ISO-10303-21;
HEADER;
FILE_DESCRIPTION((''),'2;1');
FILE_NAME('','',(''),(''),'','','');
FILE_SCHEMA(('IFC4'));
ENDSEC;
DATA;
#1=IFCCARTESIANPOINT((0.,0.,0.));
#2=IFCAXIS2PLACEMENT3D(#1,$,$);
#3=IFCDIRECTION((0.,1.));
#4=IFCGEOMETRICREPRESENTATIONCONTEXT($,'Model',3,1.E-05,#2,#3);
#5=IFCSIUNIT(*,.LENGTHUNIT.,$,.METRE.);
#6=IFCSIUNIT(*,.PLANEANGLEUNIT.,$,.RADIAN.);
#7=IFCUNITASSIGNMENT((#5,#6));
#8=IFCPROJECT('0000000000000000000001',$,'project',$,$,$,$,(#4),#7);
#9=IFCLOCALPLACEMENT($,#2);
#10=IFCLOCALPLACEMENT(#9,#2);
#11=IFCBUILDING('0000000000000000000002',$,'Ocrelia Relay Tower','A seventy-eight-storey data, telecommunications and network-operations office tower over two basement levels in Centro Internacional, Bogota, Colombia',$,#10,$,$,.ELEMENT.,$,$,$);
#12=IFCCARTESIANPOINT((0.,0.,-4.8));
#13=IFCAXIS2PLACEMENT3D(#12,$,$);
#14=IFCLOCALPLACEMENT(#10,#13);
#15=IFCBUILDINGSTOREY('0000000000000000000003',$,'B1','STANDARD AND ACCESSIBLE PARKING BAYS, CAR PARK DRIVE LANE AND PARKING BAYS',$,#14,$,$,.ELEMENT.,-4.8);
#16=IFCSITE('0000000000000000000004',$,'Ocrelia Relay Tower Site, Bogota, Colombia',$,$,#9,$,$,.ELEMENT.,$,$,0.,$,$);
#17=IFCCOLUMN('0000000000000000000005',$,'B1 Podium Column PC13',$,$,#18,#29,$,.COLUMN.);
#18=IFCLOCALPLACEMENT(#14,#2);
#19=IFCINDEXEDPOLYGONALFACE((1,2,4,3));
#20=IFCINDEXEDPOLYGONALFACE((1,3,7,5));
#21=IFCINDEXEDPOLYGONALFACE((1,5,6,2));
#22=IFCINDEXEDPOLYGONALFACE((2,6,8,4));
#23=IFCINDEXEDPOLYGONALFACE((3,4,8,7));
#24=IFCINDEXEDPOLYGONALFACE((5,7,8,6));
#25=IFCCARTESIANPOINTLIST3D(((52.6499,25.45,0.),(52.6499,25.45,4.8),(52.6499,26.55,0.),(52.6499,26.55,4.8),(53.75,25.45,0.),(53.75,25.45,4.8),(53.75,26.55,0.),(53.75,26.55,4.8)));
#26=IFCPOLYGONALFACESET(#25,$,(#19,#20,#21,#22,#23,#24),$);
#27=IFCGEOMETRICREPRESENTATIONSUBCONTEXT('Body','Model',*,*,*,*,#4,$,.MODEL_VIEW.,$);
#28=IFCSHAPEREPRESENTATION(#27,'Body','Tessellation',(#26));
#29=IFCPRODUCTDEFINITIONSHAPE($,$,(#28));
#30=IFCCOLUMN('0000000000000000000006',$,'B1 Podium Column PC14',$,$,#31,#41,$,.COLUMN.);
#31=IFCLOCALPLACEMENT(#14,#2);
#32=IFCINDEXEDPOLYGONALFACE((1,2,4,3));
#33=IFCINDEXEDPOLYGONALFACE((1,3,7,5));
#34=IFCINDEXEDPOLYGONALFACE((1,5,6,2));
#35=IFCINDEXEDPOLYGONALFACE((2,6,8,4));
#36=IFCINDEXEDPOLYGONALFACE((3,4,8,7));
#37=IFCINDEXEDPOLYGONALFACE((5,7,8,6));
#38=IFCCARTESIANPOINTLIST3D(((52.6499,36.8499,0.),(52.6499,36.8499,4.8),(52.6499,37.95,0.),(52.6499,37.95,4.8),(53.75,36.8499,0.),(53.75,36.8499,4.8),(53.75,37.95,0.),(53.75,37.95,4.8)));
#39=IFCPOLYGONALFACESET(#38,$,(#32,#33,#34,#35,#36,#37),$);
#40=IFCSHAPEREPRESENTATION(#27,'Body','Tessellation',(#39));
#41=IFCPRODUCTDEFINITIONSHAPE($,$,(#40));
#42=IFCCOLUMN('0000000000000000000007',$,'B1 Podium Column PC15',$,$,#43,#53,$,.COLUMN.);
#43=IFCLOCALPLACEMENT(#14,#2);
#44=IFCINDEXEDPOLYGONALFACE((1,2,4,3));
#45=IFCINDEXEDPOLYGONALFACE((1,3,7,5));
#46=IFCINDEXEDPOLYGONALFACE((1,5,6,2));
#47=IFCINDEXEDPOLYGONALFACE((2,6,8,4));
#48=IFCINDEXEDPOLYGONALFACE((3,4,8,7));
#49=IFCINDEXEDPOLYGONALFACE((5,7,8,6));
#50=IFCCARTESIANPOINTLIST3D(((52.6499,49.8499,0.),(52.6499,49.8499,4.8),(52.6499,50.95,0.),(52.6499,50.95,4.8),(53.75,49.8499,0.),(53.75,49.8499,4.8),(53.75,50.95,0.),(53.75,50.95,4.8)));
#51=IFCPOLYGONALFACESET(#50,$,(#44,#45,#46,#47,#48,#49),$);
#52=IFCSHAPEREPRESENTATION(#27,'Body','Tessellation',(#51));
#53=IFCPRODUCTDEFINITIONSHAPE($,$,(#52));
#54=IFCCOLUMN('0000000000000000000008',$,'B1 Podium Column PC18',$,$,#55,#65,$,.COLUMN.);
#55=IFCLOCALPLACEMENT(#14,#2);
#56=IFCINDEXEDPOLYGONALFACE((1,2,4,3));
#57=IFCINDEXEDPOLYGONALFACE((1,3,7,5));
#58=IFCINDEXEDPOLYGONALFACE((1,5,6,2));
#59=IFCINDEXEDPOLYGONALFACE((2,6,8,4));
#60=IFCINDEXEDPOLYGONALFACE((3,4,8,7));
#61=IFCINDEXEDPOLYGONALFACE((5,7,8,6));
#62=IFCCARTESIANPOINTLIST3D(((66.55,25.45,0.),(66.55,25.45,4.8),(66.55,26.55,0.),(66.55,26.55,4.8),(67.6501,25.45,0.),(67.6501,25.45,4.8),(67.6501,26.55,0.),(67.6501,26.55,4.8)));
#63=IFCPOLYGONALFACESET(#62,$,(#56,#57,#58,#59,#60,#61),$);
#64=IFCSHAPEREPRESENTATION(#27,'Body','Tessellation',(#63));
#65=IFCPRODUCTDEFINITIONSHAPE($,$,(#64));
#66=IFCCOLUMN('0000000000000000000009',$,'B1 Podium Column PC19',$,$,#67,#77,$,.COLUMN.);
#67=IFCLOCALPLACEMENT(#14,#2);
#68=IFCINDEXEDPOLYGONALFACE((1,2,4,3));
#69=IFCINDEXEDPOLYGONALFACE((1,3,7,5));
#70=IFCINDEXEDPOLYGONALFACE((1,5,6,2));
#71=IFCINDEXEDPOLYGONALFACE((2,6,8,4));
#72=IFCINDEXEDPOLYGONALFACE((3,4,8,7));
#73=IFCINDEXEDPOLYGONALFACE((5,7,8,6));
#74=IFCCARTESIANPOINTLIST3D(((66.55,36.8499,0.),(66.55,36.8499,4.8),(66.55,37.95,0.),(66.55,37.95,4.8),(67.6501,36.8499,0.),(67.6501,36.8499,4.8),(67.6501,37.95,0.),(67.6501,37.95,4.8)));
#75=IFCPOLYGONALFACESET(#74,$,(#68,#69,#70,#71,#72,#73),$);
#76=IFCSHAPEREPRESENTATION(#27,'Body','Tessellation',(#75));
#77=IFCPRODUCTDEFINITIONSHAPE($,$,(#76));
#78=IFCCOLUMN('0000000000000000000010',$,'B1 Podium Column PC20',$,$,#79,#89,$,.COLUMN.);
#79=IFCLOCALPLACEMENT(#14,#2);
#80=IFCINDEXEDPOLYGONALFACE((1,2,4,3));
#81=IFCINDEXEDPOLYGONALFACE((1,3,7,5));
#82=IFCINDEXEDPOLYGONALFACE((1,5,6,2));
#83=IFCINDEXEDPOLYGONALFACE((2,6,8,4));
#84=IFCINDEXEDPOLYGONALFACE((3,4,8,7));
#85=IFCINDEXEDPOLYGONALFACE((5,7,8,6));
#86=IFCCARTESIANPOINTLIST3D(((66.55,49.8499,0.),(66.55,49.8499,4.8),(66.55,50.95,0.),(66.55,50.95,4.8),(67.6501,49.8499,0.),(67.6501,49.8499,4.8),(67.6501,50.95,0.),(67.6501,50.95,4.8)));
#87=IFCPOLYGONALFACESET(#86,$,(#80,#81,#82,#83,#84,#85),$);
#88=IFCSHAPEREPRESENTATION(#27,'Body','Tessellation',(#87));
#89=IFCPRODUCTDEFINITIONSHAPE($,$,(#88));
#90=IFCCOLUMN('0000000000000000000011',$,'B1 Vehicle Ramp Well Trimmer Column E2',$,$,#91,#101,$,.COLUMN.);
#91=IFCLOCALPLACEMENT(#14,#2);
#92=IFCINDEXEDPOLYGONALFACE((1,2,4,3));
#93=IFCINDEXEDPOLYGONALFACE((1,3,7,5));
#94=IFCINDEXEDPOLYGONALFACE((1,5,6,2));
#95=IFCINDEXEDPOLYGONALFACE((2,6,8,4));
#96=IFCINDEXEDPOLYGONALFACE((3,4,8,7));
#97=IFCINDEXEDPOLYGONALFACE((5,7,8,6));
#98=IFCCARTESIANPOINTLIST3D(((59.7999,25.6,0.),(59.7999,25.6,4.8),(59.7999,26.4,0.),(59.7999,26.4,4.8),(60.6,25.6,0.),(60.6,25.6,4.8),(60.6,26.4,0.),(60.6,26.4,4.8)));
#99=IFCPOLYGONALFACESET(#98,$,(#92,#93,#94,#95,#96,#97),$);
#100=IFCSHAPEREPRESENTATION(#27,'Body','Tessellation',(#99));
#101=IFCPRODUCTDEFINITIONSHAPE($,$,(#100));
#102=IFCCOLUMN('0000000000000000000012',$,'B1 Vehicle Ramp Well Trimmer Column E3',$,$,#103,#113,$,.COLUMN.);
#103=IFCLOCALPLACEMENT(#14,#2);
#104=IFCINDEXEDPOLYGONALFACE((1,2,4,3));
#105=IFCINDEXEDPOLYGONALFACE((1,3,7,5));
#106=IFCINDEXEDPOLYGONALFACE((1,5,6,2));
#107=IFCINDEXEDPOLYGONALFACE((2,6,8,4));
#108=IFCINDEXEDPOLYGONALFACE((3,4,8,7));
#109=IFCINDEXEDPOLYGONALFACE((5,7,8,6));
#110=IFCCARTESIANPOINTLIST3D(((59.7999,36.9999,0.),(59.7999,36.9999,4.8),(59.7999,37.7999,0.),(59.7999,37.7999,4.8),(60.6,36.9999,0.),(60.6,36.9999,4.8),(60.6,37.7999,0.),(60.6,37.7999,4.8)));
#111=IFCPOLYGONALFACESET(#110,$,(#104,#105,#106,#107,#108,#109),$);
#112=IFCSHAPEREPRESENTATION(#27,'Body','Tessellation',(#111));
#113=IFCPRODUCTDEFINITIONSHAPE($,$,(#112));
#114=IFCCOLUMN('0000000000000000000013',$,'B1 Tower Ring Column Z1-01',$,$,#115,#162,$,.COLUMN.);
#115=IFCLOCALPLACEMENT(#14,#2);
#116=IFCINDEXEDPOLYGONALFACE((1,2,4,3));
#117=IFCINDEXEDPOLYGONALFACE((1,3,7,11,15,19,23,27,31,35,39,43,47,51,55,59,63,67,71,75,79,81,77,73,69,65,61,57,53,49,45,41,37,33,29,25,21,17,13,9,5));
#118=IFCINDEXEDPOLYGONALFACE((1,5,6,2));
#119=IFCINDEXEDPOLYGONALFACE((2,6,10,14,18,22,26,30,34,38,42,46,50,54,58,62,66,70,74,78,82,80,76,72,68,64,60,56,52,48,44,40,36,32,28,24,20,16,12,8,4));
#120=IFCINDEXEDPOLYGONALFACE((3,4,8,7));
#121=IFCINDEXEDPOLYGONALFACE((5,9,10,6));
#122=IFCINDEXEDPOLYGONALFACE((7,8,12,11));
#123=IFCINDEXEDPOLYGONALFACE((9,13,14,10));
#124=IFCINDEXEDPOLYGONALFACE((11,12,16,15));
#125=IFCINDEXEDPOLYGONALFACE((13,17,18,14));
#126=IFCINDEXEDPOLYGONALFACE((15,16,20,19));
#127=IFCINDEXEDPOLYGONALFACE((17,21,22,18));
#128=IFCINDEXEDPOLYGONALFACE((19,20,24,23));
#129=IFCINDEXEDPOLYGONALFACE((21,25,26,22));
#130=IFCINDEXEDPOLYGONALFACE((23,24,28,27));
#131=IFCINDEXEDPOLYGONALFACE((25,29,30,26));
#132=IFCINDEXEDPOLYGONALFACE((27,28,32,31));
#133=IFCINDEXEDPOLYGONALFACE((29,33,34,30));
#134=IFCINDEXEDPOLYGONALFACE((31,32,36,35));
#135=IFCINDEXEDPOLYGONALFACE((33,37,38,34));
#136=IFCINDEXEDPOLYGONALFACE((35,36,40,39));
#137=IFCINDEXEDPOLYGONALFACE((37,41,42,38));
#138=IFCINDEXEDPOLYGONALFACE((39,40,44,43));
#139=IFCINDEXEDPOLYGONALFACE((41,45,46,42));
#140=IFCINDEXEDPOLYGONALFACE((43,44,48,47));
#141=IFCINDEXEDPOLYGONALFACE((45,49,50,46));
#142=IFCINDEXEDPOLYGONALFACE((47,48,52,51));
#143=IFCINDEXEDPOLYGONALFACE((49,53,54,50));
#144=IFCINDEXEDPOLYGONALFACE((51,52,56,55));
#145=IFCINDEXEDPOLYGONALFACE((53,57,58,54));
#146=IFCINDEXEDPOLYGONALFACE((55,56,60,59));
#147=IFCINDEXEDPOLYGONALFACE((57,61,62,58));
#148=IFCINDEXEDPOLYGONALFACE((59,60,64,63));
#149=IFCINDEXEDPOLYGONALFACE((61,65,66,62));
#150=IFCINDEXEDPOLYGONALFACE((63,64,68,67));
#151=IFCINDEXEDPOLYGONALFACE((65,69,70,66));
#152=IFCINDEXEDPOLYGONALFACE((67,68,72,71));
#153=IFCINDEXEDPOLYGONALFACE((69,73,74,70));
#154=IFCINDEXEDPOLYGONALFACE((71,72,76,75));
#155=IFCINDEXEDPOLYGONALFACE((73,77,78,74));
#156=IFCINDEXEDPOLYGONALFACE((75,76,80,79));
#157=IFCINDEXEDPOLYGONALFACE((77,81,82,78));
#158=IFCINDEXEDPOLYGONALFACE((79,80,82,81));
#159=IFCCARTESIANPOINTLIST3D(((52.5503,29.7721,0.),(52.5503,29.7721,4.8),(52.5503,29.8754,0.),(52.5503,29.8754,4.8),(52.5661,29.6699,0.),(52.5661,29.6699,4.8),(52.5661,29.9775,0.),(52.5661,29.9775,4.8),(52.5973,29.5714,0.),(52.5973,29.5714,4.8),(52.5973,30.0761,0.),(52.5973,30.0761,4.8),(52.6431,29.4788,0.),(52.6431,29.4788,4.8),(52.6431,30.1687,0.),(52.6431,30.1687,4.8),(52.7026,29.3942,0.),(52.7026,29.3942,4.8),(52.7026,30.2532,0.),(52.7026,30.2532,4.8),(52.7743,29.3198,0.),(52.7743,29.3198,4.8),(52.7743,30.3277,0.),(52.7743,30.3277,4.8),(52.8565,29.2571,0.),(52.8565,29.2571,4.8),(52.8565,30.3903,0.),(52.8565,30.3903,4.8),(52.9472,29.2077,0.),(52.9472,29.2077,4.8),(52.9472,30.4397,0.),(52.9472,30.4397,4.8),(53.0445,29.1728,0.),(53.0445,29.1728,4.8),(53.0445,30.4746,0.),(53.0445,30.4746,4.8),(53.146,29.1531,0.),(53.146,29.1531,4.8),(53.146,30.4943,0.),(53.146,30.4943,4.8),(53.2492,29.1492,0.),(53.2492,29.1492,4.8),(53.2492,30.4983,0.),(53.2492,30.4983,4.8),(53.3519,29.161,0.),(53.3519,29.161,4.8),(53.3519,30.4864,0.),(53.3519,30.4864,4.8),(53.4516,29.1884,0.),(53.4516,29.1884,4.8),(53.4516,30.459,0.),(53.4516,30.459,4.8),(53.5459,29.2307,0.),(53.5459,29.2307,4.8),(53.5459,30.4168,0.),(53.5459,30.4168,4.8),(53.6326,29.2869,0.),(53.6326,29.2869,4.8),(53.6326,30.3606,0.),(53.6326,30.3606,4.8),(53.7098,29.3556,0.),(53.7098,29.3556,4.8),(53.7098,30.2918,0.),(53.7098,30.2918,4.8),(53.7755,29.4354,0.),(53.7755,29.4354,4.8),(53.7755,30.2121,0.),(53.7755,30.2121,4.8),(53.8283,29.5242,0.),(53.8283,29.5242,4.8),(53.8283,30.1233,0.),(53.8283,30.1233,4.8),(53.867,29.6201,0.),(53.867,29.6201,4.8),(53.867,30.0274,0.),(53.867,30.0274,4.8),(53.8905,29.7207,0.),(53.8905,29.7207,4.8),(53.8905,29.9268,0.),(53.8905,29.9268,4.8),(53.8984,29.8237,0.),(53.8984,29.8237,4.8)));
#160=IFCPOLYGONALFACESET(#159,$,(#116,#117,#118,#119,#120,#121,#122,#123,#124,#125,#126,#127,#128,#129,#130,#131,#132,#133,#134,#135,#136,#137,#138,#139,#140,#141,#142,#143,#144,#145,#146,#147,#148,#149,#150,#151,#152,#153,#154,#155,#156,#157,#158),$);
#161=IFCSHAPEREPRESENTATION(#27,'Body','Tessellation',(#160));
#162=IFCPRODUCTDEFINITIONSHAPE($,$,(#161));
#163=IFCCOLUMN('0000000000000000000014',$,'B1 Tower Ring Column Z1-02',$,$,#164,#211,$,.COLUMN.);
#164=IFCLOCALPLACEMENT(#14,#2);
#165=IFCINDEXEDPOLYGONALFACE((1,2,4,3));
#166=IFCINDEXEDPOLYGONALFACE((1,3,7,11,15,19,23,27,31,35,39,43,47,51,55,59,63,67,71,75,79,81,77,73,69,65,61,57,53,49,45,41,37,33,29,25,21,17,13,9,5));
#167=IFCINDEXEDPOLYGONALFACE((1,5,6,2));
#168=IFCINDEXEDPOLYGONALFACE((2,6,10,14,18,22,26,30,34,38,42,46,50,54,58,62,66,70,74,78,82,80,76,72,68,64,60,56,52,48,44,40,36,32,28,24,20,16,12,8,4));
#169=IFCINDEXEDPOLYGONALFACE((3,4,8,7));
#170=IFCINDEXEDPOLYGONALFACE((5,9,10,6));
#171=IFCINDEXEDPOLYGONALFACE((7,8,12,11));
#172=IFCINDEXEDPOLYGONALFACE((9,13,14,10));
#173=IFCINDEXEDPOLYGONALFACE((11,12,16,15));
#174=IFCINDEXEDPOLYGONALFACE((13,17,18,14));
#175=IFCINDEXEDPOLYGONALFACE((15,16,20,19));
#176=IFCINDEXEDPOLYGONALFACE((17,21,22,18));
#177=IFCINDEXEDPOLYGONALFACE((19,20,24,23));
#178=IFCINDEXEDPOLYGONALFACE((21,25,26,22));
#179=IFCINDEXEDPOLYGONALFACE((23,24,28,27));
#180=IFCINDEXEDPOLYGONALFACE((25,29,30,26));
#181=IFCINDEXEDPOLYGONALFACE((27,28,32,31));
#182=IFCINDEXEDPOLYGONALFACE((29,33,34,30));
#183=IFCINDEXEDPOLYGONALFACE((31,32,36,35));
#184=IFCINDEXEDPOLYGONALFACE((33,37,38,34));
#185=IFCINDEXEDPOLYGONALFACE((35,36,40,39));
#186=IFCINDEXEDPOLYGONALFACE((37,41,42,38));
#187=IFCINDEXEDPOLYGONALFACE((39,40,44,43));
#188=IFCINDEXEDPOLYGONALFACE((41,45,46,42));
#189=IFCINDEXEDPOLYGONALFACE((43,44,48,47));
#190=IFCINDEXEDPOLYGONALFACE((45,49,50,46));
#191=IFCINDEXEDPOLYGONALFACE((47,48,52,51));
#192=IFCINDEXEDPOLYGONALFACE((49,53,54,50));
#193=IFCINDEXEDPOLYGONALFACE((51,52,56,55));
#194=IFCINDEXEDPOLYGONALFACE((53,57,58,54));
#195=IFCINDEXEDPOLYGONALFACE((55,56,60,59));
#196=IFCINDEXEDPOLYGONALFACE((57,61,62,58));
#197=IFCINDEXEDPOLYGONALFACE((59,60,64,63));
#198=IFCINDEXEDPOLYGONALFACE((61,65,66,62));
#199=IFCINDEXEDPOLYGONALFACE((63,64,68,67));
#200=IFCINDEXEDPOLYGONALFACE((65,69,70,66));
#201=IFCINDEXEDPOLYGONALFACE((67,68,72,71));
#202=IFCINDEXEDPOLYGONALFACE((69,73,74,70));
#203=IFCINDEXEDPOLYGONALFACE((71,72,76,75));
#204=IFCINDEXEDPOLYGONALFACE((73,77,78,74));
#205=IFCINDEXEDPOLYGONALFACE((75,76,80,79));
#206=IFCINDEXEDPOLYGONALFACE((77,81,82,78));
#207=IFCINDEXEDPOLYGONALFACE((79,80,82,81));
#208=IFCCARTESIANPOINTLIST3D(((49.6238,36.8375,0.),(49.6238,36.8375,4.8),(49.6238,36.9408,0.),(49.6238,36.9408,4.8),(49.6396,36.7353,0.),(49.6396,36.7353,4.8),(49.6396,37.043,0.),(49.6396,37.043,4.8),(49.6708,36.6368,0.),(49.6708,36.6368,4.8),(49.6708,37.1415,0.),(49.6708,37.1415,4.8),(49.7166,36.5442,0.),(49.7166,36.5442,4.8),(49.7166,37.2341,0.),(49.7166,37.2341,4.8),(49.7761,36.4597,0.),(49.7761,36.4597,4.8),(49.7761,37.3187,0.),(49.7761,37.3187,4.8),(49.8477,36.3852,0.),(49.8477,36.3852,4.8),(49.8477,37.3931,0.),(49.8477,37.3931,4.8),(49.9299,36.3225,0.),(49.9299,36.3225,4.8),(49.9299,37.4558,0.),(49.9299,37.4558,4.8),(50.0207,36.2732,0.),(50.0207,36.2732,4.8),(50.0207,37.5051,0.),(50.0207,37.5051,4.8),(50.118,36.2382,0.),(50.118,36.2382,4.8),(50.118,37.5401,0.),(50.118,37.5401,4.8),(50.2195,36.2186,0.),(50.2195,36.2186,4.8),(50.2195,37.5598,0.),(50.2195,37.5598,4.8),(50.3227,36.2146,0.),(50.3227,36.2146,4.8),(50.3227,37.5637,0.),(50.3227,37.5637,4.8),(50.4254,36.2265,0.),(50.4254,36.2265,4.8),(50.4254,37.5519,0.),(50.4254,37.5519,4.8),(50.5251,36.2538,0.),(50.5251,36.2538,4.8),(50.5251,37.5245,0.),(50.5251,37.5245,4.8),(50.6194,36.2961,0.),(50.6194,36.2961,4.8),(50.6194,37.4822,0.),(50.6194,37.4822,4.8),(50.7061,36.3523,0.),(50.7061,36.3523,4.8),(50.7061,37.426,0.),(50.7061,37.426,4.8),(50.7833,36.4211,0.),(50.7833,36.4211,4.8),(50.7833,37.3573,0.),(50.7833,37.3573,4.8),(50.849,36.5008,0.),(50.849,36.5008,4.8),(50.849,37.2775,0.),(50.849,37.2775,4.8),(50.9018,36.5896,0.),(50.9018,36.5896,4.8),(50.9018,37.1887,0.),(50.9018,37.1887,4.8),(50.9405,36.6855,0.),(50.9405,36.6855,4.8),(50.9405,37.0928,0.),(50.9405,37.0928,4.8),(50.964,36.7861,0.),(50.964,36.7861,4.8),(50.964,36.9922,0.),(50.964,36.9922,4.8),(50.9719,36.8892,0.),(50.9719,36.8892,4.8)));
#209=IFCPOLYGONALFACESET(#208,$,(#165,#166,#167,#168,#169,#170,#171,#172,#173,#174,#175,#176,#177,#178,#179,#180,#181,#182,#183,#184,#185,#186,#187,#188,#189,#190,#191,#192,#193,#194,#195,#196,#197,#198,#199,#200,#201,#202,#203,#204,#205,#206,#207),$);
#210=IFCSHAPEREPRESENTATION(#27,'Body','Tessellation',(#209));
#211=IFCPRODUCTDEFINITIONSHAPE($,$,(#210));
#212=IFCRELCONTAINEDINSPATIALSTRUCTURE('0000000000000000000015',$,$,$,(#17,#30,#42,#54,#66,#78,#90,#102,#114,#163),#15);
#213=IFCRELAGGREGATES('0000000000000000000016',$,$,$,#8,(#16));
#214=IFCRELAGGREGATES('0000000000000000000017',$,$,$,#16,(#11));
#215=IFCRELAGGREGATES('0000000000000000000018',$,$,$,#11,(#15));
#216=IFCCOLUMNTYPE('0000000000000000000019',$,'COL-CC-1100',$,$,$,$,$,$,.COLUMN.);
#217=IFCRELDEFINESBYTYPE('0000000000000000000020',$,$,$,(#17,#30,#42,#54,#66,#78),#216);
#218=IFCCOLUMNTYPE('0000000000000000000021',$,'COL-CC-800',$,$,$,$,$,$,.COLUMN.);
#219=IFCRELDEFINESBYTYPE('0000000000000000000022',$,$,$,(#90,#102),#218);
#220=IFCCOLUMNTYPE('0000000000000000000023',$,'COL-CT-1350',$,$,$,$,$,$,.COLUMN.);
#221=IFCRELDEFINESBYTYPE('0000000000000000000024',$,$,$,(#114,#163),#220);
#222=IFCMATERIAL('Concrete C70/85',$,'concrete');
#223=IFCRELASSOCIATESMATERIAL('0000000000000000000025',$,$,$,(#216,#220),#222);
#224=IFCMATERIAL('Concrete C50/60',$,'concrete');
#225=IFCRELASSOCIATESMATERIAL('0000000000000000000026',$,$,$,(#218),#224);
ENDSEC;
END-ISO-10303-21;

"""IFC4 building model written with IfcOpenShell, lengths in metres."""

from ifc_helpers import new_model, si_unit, direction, frame, origin, origin_2d, place, context, subcontext, project, spatial, rectangle, circle, extrude, material, material_profile, profile_set, type_object, element, save


model = new_model("IFC4")

# Units and contexts
model_context = context("Model", 3, precision=1e-05, world=origin(), true_north=direction((0.0, 1.0)))
body_context = subcontext(model_context, "Body", "Model", "MODEL_VIEW")
ifc_project = project(units=[si_unit("LENGTHUNIT", "METRE"), si_unit("PLANEANGLEUNIT", "RADIAN")], contexts=[model_context])

# Site, building, storey
site_placement = place(None, origin())
site = spatial("IfcSite", under=ifc_project, at=site_placement, Name="Ocrelia Relay Tower Site, Bogota, Colombia", CompositionType="ELEMENT", RefElevation=0.0)
building_placement = place(site_placement, origin())
building = spatial("IfcBuilding", under=site, at=building_placement, Name="Ocrelia Relay Tower", Description="A seventy-eight-storey data, telecommunications and network-operations office tower over two basement levels in Centro Internacional, Bogota, Colombia", CompositionType="ELEMENT")
storey_placement = place(building_placement, frame((0.0, 0.0, -4.8)))
storey = spatial("IfcBuildingStorey", under=building, at=storey_placement, Name="B1", Description="STANDARD AND ACCESSIBLE PARKING BAYS, CAR PARK DRIVE LANE AND PARKING BAYS", CompositionType="ELEMENT", Elevation=-4.8)

# Columns
ifc_material_1 = material(Name="Concrete C70/85", Category="concrete")
ifc_material_profile_1 = material_profile(ifc_material_1, rectangle(XDim=1.1001, YDim=1.1001, at=origin_2d()), Name="RC-COL-1100x1100")
ifc_profile_set_1 = profile_set([ifc_material_profile_1], Name="Concrete C70/85")
column_type_1 = type_object("IfcColumnType", Name="COL-CC-1100", PredefinedType="COLUMN", material=ifc_profile_set_1)
for number, where, z_axis, x_axis, name in (
    (1, (53.2, 26.0, 0.0), (0.0, 0.0, 1.0), (1.0, 0.0, 0.0), "B1 Podium Column PC13"),
    (2, (53.2, 37.3999, 0.0), (0.0, 0.0, 1.0), (1.0, 0.0, 0.0), "B1 Podium Column PC14"),
    (3, (53.2, 50.3999, 0.0), (0.0, 0.0, 1.0), (1.0, 0.0, 0.0), "B1 Podium Column PC15"),
    (4, (67.1001, 26.0, 0.0), (0.0, 0.0, 1.0), (1.0, 0.0, 0.0), "B1 Podium Column PC18"),
    (5, (67.1001, 37.3999, 0.0), (0.0, 0.0, 1.0), (1.0, 0.0, 0.0), "B1 Podium Column PC19"),
    (6, (67.1001, 50.3999, 0.0), (0.0, 0.0, 1.0), (1.0, 0.0, 0.0), "B1 Podium Column PC20"),
):
    element("IfcColumn", number, at=place(storey_placement, frame(where, z_axis=z_axis, x_axis=x_axis)), inside=storey, type_object=column_type_1, Name=name, PredefinedType="COLUMN", context=body_context, shape_type="SweptSolid", body=[
        extrude(rectangle(XDim=1.1001, YDim=1.1001, at=origin_2d()), origin(), (0.0, 0.0, 1.0), 4.8),
    ])
ifc_material_2 = material(Name="Concrete C50/60", Category="concrete")
ifc_material_profile_2 = material_profile(ifc_material_2, rectangle(XDim=0.8, YDim=0.8, at=origin_2d()), Name="RC-COL-800x800")
ifc_profile_set_2 = profile_set([ifc_material_profile_2], Name="Concrete C50/60")
column_type_2 = type_object("IfcColumnType", Name="COL-CC-800", PredefinedType="COLUMN", material=ifc_profile_set_2)
for number, where, z_axis, x_axis, name in (
    (7, (60.2, 26.0, 0.0), (0.0, 0.0, 1.0), (1.0, 0.0, 0.0), "B1 Vehicle Ramp Well Trimmer Column E2"),
    (8, (60.2, 37.3999, 0.0), (0.0, 0.0, 1.0), (1.0, 0.0, 0.0), "B1 Vehicle Ramp Well Trimmer Column E3"),
):
    element("IfcColumn", number, at=place(storey_placement, frame(where, z_axis=z_axis, x_axis=x_axis)), inside=storey, type_object=column_type_2, Name=name, PredefinedType="COLUMN", context=body_context, shape_type="SweptSolid", body=[
        extrude(rectangle(XDim=0.8, YDim=0.8, at=origin_2d()), origin(), (0.0, 0.0, 1.0), 4.8),
    ])
ifc_material_profile_3 = material_profile(ifc_material_1, circle(Radius=0.675, at=origin_2d()), Name="RC-CIR-1350")
ifc_profile_set_3 = profile_set([ifc_material_profile_3], Name="Concrete C70/85")
column_type_3 = type_object("IfcColumnType", Name="COL-CT-1350", PredefinedType="COLUMN", material=ifc_profile_set_3)
for number, where, z_axis, x_axis, name in (
    (9, (53.2234, 29.8237, 0.0), (0.0, 0.0, 1.0), (1.0, 0.0, 0.0), "B1 Tower Ring Column Z1-01"),
    (10, (50.2969, 36.8892, 0.0), (0.0, 0.0, 1.0), (1.0, 0.0, 0.0), "B1 Tower Ring Column Z1-02"),
):
    element("IfcColumn", number, at=place(storey_placement, frame(where, z_axis=z_axis, x_axis=x_axis)), inside=storey, type_object=column_type_3, Name=name, PredefinedType="COLUMN", context=body_context, shape_type="SweptSolid", body=[
        extrude(circle(Radius=0.675, at=origin_2d()), origin(), (0.0, 0.0, 1.0), 4.8),
    ])

save(model, "model.ifc")
